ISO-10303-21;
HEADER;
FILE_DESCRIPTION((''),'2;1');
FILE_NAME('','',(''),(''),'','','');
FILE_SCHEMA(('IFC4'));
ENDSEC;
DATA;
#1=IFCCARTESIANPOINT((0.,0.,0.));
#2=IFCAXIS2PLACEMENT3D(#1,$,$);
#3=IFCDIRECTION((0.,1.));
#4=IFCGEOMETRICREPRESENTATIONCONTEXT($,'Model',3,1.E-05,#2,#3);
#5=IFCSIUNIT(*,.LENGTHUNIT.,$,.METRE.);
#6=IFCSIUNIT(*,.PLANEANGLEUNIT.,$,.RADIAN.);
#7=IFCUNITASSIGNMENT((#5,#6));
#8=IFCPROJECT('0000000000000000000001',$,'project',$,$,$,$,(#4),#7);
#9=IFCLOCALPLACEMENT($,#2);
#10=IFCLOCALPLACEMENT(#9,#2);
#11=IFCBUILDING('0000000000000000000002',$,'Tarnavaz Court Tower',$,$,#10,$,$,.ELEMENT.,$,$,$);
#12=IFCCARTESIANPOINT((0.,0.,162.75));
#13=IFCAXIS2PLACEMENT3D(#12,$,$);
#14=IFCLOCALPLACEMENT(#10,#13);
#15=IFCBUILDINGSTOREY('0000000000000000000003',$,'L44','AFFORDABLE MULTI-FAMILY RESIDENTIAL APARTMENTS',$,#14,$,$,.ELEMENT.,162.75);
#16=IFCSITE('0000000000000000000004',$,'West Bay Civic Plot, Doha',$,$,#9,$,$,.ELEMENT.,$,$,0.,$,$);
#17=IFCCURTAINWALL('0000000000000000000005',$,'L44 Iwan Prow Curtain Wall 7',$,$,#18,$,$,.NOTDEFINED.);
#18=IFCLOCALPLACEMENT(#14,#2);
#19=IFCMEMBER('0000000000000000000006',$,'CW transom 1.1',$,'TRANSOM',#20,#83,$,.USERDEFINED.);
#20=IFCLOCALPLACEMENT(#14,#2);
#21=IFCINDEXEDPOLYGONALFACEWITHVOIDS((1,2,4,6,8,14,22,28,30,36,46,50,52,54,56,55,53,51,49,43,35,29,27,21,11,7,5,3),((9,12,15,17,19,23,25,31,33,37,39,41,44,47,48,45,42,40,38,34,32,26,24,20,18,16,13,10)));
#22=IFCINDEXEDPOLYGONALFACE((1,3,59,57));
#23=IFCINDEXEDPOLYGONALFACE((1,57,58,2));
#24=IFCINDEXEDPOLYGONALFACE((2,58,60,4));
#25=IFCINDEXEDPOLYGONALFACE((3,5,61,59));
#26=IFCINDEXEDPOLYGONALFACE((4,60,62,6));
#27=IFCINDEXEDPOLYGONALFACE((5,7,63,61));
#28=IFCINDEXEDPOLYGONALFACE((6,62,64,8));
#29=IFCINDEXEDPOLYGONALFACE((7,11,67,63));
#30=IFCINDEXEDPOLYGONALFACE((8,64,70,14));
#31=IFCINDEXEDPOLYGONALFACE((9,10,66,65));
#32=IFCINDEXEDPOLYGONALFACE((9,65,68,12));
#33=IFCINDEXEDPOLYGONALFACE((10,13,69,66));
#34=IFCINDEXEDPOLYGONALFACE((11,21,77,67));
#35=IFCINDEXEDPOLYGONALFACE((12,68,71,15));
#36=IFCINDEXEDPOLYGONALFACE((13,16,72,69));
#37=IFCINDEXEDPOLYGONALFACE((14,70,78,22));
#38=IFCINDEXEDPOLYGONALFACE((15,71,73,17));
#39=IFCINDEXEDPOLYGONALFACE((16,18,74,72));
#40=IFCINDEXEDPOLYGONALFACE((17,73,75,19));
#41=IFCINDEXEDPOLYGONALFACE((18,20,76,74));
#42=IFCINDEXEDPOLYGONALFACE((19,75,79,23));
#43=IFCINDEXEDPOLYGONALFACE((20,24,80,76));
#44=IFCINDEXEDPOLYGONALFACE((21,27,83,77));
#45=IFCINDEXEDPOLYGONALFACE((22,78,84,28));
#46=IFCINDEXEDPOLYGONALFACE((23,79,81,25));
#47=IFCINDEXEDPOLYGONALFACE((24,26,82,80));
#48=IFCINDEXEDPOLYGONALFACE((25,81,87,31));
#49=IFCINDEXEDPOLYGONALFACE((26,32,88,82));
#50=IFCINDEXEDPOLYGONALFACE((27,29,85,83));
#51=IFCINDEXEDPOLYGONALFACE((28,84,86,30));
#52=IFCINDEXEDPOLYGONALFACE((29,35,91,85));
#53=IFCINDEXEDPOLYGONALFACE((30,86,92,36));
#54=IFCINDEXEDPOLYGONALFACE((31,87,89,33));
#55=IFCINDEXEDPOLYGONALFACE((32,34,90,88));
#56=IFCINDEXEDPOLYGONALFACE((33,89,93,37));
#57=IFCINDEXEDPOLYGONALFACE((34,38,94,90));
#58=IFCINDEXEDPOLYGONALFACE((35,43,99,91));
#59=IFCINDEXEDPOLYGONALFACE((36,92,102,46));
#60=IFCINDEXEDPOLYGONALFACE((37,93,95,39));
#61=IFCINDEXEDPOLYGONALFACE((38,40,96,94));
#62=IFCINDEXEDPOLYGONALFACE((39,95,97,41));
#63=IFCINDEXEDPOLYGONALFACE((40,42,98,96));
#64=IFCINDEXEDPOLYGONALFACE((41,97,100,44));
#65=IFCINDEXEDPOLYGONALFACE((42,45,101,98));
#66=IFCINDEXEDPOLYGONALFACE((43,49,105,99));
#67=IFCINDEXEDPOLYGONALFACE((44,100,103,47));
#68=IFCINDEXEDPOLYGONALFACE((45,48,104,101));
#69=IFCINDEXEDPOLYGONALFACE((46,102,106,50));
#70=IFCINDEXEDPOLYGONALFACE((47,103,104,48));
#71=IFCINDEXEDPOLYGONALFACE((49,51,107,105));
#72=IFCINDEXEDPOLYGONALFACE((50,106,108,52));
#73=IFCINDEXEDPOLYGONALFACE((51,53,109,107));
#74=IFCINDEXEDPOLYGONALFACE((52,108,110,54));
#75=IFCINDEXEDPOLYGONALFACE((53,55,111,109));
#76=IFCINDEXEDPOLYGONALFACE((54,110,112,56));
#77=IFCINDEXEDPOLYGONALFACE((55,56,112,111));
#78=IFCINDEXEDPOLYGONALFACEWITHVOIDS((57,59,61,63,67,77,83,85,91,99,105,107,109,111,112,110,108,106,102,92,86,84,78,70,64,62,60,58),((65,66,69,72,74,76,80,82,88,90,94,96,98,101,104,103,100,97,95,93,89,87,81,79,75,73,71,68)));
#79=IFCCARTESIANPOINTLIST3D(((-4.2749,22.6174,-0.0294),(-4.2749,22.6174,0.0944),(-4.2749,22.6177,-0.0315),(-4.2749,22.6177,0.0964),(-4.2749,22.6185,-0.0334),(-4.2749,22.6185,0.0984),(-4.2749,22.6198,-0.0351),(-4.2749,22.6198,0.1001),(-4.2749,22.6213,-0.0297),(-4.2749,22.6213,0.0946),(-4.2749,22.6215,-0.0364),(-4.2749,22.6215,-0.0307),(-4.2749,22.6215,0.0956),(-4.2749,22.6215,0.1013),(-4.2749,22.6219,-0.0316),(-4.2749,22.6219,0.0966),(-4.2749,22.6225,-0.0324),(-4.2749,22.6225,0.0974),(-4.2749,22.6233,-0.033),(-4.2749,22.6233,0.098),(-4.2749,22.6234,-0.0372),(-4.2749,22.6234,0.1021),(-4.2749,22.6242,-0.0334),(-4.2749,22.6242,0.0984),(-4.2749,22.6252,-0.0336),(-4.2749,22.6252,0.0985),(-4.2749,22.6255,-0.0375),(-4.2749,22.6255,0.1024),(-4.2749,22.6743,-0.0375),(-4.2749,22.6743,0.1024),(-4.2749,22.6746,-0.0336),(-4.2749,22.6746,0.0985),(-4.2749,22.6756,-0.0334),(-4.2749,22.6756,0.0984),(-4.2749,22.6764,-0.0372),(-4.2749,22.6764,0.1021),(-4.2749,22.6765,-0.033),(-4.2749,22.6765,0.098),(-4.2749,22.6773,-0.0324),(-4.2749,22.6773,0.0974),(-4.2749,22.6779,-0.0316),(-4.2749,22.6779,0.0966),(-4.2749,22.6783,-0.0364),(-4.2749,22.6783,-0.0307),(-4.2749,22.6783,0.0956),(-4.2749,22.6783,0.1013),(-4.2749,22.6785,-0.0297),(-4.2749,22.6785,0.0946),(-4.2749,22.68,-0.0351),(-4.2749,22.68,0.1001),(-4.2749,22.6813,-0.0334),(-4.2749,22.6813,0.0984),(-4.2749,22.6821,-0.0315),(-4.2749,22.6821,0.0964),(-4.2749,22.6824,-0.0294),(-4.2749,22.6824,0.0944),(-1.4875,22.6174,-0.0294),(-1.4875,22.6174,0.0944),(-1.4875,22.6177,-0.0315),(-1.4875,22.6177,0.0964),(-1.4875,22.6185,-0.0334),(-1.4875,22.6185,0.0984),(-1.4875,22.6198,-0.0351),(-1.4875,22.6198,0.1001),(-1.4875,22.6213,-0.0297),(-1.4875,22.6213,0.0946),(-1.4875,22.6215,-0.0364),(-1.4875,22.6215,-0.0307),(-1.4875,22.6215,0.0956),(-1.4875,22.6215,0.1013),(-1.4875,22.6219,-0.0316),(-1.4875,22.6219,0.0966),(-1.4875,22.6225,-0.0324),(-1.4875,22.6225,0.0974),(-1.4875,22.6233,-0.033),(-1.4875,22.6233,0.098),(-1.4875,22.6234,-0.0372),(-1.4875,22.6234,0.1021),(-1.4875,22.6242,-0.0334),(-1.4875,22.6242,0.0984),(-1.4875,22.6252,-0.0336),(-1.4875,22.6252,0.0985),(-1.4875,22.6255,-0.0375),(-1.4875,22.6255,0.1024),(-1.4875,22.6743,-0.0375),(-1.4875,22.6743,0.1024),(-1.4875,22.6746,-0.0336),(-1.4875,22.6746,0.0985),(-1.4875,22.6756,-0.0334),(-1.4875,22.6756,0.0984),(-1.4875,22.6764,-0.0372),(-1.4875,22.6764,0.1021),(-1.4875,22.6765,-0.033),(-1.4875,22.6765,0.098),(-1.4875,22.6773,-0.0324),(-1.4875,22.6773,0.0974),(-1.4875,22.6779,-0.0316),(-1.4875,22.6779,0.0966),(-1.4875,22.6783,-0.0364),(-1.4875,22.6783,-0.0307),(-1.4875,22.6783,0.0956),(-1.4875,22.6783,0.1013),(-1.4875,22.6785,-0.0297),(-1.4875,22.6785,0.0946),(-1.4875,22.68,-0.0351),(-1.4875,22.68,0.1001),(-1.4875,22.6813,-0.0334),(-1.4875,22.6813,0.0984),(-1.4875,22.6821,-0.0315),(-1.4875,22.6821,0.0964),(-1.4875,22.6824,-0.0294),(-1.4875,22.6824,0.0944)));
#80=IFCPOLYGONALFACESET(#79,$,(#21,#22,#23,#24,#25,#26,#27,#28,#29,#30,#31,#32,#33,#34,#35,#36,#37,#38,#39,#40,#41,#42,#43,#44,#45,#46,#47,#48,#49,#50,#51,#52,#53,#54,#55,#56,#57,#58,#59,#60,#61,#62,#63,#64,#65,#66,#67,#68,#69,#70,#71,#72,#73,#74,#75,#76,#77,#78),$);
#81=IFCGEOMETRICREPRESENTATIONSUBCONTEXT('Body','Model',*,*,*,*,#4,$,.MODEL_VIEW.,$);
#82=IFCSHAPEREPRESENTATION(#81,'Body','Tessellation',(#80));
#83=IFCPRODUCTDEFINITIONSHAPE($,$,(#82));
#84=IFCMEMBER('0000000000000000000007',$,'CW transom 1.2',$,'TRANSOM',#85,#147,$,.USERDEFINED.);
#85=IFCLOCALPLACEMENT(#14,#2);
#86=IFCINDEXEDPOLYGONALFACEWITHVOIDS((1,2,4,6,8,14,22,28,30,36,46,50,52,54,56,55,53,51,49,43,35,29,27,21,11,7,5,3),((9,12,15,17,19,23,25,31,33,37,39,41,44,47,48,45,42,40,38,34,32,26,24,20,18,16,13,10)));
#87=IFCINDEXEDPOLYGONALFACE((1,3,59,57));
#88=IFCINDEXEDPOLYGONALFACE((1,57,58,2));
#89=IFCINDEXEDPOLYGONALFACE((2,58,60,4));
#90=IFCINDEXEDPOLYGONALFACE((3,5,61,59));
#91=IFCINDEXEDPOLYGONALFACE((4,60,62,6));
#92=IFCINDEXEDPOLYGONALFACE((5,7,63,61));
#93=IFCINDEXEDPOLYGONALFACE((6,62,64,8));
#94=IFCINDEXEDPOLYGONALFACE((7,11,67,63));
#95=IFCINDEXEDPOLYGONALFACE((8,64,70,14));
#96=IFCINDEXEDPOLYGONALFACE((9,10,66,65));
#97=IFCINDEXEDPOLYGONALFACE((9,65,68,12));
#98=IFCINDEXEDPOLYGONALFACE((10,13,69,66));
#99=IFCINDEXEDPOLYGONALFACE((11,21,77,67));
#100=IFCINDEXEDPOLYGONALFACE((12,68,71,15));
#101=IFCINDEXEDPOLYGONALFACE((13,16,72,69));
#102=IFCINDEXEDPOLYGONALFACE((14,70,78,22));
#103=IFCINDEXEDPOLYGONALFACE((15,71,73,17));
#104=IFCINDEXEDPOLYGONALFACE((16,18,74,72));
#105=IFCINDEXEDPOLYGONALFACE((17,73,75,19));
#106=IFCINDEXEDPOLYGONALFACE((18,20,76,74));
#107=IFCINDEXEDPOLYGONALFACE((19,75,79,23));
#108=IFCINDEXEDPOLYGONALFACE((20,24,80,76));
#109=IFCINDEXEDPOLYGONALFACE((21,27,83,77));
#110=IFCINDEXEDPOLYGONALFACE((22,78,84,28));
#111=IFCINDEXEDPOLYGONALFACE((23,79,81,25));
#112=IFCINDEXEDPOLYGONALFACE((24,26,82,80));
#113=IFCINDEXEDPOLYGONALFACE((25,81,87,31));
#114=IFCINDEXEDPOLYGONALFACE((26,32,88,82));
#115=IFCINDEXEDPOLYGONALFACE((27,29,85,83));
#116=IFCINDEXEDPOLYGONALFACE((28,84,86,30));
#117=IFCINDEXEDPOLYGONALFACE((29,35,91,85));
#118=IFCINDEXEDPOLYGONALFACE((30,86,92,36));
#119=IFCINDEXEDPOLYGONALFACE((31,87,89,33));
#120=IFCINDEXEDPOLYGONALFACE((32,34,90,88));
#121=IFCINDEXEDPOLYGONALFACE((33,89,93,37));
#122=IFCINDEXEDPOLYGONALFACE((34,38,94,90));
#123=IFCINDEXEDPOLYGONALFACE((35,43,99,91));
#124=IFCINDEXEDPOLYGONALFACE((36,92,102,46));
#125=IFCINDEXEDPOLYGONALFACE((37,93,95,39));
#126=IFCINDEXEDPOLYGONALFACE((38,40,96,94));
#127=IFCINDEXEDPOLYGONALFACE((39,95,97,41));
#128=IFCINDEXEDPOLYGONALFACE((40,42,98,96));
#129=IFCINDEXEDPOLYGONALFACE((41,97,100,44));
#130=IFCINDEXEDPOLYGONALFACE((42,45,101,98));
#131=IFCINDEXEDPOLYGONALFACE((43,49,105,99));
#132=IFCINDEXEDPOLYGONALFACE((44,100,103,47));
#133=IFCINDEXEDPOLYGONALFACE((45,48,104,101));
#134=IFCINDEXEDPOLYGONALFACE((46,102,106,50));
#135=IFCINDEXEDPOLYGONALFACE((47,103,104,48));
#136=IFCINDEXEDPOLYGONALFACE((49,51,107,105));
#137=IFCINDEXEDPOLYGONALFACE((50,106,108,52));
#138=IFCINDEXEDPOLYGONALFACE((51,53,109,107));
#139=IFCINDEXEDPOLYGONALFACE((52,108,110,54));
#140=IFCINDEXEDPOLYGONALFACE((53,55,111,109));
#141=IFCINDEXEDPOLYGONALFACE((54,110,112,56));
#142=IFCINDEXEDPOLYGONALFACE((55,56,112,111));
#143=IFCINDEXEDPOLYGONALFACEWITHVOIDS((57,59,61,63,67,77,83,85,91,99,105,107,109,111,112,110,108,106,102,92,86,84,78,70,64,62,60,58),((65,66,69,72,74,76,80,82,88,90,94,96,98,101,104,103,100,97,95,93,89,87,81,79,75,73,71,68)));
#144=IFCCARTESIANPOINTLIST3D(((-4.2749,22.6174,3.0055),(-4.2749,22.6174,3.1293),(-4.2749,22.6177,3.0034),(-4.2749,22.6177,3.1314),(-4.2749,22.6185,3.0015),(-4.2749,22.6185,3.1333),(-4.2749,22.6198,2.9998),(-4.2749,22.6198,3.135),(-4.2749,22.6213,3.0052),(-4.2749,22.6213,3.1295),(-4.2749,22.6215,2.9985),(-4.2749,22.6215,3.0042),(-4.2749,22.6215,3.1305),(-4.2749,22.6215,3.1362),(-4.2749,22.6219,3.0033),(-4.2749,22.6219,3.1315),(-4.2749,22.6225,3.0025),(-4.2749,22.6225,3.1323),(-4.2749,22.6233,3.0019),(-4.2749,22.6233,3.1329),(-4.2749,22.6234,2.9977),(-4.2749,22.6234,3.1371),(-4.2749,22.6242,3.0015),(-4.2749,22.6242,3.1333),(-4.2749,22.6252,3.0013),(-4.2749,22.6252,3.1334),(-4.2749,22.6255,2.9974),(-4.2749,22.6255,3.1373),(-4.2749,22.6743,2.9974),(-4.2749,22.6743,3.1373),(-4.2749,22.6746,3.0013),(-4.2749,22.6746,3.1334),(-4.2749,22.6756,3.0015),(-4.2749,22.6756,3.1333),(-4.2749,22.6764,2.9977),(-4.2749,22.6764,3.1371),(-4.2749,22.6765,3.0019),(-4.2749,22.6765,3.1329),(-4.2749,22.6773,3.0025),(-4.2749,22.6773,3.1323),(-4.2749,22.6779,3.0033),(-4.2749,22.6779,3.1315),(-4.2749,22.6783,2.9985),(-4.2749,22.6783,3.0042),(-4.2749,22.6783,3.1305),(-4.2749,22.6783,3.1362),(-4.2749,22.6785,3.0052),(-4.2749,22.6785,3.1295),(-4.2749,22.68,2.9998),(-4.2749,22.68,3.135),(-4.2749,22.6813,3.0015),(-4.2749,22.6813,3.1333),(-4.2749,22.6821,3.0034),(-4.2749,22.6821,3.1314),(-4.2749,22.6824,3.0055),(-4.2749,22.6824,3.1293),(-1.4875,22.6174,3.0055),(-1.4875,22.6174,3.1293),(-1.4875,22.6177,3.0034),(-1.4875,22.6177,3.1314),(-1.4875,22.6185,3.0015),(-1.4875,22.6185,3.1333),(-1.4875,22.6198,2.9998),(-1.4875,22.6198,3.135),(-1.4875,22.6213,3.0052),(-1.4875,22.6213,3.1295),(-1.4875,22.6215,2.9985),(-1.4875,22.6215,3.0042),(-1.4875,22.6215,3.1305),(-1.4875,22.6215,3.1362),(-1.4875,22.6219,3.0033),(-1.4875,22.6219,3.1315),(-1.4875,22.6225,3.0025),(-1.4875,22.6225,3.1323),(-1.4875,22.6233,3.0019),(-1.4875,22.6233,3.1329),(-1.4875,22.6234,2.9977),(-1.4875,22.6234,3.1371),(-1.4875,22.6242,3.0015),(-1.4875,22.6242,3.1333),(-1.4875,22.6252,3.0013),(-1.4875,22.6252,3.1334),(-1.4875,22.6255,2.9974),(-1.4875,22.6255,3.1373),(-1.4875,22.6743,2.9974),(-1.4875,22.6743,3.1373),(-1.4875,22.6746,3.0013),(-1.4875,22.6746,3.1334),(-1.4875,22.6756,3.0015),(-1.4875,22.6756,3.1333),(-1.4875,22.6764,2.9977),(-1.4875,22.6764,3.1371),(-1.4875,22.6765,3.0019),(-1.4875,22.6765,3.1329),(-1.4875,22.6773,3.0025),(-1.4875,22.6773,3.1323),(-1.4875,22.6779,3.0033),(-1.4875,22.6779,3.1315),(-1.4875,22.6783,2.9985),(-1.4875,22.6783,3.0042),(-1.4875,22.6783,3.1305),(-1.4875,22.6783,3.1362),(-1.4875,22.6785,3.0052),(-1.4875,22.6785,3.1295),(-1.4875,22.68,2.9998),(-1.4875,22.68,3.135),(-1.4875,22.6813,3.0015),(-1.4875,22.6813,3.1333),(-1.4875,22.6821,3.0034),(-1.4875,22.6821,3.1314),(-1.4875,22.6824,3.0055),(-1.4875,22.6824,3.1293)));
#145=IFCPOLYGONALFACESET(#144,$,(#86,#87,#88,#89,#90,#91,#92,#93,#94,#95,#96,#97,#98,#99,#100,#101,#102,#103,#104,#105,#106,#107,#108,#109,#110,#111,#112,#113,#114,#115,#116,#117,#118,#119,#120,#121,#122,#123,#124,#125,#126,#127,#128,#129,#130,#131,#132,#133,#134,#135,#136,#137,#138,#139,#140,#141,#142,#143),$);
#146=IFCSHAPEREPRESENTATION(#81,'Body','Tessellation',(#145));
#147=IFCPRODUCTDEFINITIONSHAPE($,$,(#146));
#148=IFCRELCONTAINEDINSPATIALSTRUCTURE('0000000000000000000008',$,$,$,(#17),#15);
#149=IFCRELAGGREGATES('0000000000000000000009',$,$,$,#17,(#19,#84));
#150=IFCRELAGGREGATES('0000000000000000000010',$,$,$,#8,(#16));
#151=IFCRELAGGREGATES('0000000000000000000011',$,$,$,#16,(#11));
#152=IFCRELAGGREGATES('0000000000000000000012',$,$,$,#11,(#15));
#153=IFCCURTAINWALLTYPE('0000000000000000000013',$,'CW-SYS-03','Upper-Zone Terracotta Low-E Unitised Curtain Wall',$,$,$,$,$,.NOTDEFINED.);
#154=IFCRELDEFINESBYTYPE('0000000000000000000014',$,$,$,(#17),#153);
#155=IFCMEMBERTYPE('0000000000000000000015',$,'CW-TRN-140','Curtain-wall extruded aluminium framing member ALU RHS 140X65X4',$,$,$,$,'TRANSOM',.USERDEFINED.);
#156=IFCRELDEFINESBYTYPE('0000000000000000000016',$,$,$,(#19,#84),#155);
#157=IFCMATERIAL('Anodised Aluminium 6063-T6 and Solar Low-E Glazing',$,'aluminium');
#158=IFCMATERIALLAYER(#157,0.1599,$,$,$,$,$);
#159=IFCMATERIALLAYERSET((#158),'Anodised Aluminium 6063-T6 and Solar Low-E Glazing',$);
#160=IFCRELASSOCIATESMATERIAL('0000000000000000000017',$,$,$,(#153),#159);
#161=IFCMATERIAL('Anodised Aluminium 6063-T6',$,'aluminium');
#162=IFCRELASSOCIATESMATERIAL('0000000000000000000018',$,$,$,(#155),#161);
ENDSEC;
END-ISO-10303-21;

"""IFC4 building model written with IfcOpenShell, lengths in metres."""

from ifc_helpers import new_model, si_unit, direction, frame, origin, origin_2d, place, context, subcontext, project, spatial, hollow_rectangle, extrude, material, layer, layer_set, material_profile, profile_set, type_object, element, aggregate, save


model = new_model("IFC4")

# Units and contexts
model_context = context("Model", 3, precision=1e-05, world=origin(), true_north=direction((0.0, 1.0)))
body_context = subcontext(model_context, "Body", "Model", "MODEL_VIEW")
ifc_project = project(units=[si_unit("LENGTHUNIT", "METRE"), si_unit("PLANEANGLEUNIT", "RADIAN")], contexts=[model_context])

# Site, building, storey
site_placement = place(None, origin())
site = spatial("IfcSite", under=ifc_project, at=site_placement, Name="West Bay Civic Plot, Doha", CompositionType="ELEMENT", RefElevation=0.0)
building_placement = place(site_placement, origin())
building = spatial("IfcBuilding", under=site, at=building_placement, Name="Tarnavaz Court Tower", CompositionType="ELEMENT")
storey_placement = place(building_placement, frame((0.0, 0.0, 162.75)))
storey = spatial("IfcBuildingStorey", under=building, at=storey_placement, Name="L44", Description="AFFORDABLE MULTI-FAMILY RESIDENTIAL APARTMENTS", CompositionType="ELEMENT", Elevation=162.75)

# Curtain wall, members
ifc_material_1 = material(Name="Anodised Aluminium 6063-T6 and Solar Low-E Glazing", Category="aluminium")
ifc_layer_1 = layer(ifc_material_1, 0.1599)
ifc_layer_set_1 = layer_set([ifc_layer_1], Name="Anodised Aluminium 6063-T6 and Solar Low-E Glazing")
curtain_wall_type = type_object("IfcCurtainWallType", Name="CW-SYS-03", Description="Upper-Zone Terracotta Low-E Unitised Curtain Wall", PredefinedType="NOTDEFINED", material=ifc_layer_set_1)
curtain_wall_placement = place(storey_placement, origin())
curtain_wall = element("IfcCurtainWall", 1, at=curtain_wall_placement, inside=storey, type_object=curtain_wall_type, Name="L44 Iwan Prow Curtain Wall 7", PredefinedType="NOTDEFINED")
ifc_material_2 = material(Name="Anodised Aluminium 6063-T6", Category="aluminium")
ifc_material_profile_1 = material_profile(ifc_material_2, hollow_rectangle(XDim=0.0649, YDim=0.1399, WallThickness=0.0039, InnerFilletRadius=0.0039, OuterFilletRadius=0.0081, at=origin_2d()), Name="ALU RHS 140X65X4")
ifc_profile_set_1 = profile_set([ifc_material_profile_1], Name="Anodised Aluminium 6063-T6")
member_type_1 = type_object("IfcMemberType", Name="CW-TRN-140", Description="Curtain-wall extruded aluminium framing member ALU RHS 140X65X4", ElementType="TRANSOM", PredefinedType="USERDEFINED", material=ifc_profile_set_1)
member_1_placement = place(storey_placement, frame((-4.2749, 22.6499, 0.0325), z_axis=(1.0, 0.0, 0.0), x_axis=(0.0, 1.0, 0.0)))
member_1 = element("IfcMember", 2, at=member_1_placement, type_object=member_type_1, Name="CW transom 1.1", ObjectType="TRANSOM", PredefinedType="USERDEFINED", context=body_context, shape_type="SweptSolid", body=[
    extrude(hollow_rectangle(XDim=0.0649, YDim=0.1399, WallThickness=0.0039, InnerFilletRadius=0.0039, OuterFilletRadius=0.0081, at=origin_2d()), origin(), (0.0, 0.0, 1.0), 2.7874),
])
member_2_placement = place(storey_placement, frame((-4.2749, 22.6499, 3.0674), z_axis=(1.0, 0.0, 0.0), x_axis=(0.0, 1.0, 0.0)))
member_2 = element("IfcMember", 3, at=member_2_placement, type_object=member_type_1, Name="CW transom 1.2", ObjectType="TRANSOM", PredefinedType="USERDEFINED", context=body_context, shape_type="SweptSolid", body=[
    extrude(hollow_rectangle(XDim=0.0649, YDim=0.1399, WallThickness=0.0039, InnerFilletRadius=0.0039, OuterFilletRadius=0.0081, at=origin_2d()), origin(), (0.0, 0.0, 1.0), 2.7874),
])
aggregate(curtain_wall, [member_1, member_2])

save(model, "model.ifc")
